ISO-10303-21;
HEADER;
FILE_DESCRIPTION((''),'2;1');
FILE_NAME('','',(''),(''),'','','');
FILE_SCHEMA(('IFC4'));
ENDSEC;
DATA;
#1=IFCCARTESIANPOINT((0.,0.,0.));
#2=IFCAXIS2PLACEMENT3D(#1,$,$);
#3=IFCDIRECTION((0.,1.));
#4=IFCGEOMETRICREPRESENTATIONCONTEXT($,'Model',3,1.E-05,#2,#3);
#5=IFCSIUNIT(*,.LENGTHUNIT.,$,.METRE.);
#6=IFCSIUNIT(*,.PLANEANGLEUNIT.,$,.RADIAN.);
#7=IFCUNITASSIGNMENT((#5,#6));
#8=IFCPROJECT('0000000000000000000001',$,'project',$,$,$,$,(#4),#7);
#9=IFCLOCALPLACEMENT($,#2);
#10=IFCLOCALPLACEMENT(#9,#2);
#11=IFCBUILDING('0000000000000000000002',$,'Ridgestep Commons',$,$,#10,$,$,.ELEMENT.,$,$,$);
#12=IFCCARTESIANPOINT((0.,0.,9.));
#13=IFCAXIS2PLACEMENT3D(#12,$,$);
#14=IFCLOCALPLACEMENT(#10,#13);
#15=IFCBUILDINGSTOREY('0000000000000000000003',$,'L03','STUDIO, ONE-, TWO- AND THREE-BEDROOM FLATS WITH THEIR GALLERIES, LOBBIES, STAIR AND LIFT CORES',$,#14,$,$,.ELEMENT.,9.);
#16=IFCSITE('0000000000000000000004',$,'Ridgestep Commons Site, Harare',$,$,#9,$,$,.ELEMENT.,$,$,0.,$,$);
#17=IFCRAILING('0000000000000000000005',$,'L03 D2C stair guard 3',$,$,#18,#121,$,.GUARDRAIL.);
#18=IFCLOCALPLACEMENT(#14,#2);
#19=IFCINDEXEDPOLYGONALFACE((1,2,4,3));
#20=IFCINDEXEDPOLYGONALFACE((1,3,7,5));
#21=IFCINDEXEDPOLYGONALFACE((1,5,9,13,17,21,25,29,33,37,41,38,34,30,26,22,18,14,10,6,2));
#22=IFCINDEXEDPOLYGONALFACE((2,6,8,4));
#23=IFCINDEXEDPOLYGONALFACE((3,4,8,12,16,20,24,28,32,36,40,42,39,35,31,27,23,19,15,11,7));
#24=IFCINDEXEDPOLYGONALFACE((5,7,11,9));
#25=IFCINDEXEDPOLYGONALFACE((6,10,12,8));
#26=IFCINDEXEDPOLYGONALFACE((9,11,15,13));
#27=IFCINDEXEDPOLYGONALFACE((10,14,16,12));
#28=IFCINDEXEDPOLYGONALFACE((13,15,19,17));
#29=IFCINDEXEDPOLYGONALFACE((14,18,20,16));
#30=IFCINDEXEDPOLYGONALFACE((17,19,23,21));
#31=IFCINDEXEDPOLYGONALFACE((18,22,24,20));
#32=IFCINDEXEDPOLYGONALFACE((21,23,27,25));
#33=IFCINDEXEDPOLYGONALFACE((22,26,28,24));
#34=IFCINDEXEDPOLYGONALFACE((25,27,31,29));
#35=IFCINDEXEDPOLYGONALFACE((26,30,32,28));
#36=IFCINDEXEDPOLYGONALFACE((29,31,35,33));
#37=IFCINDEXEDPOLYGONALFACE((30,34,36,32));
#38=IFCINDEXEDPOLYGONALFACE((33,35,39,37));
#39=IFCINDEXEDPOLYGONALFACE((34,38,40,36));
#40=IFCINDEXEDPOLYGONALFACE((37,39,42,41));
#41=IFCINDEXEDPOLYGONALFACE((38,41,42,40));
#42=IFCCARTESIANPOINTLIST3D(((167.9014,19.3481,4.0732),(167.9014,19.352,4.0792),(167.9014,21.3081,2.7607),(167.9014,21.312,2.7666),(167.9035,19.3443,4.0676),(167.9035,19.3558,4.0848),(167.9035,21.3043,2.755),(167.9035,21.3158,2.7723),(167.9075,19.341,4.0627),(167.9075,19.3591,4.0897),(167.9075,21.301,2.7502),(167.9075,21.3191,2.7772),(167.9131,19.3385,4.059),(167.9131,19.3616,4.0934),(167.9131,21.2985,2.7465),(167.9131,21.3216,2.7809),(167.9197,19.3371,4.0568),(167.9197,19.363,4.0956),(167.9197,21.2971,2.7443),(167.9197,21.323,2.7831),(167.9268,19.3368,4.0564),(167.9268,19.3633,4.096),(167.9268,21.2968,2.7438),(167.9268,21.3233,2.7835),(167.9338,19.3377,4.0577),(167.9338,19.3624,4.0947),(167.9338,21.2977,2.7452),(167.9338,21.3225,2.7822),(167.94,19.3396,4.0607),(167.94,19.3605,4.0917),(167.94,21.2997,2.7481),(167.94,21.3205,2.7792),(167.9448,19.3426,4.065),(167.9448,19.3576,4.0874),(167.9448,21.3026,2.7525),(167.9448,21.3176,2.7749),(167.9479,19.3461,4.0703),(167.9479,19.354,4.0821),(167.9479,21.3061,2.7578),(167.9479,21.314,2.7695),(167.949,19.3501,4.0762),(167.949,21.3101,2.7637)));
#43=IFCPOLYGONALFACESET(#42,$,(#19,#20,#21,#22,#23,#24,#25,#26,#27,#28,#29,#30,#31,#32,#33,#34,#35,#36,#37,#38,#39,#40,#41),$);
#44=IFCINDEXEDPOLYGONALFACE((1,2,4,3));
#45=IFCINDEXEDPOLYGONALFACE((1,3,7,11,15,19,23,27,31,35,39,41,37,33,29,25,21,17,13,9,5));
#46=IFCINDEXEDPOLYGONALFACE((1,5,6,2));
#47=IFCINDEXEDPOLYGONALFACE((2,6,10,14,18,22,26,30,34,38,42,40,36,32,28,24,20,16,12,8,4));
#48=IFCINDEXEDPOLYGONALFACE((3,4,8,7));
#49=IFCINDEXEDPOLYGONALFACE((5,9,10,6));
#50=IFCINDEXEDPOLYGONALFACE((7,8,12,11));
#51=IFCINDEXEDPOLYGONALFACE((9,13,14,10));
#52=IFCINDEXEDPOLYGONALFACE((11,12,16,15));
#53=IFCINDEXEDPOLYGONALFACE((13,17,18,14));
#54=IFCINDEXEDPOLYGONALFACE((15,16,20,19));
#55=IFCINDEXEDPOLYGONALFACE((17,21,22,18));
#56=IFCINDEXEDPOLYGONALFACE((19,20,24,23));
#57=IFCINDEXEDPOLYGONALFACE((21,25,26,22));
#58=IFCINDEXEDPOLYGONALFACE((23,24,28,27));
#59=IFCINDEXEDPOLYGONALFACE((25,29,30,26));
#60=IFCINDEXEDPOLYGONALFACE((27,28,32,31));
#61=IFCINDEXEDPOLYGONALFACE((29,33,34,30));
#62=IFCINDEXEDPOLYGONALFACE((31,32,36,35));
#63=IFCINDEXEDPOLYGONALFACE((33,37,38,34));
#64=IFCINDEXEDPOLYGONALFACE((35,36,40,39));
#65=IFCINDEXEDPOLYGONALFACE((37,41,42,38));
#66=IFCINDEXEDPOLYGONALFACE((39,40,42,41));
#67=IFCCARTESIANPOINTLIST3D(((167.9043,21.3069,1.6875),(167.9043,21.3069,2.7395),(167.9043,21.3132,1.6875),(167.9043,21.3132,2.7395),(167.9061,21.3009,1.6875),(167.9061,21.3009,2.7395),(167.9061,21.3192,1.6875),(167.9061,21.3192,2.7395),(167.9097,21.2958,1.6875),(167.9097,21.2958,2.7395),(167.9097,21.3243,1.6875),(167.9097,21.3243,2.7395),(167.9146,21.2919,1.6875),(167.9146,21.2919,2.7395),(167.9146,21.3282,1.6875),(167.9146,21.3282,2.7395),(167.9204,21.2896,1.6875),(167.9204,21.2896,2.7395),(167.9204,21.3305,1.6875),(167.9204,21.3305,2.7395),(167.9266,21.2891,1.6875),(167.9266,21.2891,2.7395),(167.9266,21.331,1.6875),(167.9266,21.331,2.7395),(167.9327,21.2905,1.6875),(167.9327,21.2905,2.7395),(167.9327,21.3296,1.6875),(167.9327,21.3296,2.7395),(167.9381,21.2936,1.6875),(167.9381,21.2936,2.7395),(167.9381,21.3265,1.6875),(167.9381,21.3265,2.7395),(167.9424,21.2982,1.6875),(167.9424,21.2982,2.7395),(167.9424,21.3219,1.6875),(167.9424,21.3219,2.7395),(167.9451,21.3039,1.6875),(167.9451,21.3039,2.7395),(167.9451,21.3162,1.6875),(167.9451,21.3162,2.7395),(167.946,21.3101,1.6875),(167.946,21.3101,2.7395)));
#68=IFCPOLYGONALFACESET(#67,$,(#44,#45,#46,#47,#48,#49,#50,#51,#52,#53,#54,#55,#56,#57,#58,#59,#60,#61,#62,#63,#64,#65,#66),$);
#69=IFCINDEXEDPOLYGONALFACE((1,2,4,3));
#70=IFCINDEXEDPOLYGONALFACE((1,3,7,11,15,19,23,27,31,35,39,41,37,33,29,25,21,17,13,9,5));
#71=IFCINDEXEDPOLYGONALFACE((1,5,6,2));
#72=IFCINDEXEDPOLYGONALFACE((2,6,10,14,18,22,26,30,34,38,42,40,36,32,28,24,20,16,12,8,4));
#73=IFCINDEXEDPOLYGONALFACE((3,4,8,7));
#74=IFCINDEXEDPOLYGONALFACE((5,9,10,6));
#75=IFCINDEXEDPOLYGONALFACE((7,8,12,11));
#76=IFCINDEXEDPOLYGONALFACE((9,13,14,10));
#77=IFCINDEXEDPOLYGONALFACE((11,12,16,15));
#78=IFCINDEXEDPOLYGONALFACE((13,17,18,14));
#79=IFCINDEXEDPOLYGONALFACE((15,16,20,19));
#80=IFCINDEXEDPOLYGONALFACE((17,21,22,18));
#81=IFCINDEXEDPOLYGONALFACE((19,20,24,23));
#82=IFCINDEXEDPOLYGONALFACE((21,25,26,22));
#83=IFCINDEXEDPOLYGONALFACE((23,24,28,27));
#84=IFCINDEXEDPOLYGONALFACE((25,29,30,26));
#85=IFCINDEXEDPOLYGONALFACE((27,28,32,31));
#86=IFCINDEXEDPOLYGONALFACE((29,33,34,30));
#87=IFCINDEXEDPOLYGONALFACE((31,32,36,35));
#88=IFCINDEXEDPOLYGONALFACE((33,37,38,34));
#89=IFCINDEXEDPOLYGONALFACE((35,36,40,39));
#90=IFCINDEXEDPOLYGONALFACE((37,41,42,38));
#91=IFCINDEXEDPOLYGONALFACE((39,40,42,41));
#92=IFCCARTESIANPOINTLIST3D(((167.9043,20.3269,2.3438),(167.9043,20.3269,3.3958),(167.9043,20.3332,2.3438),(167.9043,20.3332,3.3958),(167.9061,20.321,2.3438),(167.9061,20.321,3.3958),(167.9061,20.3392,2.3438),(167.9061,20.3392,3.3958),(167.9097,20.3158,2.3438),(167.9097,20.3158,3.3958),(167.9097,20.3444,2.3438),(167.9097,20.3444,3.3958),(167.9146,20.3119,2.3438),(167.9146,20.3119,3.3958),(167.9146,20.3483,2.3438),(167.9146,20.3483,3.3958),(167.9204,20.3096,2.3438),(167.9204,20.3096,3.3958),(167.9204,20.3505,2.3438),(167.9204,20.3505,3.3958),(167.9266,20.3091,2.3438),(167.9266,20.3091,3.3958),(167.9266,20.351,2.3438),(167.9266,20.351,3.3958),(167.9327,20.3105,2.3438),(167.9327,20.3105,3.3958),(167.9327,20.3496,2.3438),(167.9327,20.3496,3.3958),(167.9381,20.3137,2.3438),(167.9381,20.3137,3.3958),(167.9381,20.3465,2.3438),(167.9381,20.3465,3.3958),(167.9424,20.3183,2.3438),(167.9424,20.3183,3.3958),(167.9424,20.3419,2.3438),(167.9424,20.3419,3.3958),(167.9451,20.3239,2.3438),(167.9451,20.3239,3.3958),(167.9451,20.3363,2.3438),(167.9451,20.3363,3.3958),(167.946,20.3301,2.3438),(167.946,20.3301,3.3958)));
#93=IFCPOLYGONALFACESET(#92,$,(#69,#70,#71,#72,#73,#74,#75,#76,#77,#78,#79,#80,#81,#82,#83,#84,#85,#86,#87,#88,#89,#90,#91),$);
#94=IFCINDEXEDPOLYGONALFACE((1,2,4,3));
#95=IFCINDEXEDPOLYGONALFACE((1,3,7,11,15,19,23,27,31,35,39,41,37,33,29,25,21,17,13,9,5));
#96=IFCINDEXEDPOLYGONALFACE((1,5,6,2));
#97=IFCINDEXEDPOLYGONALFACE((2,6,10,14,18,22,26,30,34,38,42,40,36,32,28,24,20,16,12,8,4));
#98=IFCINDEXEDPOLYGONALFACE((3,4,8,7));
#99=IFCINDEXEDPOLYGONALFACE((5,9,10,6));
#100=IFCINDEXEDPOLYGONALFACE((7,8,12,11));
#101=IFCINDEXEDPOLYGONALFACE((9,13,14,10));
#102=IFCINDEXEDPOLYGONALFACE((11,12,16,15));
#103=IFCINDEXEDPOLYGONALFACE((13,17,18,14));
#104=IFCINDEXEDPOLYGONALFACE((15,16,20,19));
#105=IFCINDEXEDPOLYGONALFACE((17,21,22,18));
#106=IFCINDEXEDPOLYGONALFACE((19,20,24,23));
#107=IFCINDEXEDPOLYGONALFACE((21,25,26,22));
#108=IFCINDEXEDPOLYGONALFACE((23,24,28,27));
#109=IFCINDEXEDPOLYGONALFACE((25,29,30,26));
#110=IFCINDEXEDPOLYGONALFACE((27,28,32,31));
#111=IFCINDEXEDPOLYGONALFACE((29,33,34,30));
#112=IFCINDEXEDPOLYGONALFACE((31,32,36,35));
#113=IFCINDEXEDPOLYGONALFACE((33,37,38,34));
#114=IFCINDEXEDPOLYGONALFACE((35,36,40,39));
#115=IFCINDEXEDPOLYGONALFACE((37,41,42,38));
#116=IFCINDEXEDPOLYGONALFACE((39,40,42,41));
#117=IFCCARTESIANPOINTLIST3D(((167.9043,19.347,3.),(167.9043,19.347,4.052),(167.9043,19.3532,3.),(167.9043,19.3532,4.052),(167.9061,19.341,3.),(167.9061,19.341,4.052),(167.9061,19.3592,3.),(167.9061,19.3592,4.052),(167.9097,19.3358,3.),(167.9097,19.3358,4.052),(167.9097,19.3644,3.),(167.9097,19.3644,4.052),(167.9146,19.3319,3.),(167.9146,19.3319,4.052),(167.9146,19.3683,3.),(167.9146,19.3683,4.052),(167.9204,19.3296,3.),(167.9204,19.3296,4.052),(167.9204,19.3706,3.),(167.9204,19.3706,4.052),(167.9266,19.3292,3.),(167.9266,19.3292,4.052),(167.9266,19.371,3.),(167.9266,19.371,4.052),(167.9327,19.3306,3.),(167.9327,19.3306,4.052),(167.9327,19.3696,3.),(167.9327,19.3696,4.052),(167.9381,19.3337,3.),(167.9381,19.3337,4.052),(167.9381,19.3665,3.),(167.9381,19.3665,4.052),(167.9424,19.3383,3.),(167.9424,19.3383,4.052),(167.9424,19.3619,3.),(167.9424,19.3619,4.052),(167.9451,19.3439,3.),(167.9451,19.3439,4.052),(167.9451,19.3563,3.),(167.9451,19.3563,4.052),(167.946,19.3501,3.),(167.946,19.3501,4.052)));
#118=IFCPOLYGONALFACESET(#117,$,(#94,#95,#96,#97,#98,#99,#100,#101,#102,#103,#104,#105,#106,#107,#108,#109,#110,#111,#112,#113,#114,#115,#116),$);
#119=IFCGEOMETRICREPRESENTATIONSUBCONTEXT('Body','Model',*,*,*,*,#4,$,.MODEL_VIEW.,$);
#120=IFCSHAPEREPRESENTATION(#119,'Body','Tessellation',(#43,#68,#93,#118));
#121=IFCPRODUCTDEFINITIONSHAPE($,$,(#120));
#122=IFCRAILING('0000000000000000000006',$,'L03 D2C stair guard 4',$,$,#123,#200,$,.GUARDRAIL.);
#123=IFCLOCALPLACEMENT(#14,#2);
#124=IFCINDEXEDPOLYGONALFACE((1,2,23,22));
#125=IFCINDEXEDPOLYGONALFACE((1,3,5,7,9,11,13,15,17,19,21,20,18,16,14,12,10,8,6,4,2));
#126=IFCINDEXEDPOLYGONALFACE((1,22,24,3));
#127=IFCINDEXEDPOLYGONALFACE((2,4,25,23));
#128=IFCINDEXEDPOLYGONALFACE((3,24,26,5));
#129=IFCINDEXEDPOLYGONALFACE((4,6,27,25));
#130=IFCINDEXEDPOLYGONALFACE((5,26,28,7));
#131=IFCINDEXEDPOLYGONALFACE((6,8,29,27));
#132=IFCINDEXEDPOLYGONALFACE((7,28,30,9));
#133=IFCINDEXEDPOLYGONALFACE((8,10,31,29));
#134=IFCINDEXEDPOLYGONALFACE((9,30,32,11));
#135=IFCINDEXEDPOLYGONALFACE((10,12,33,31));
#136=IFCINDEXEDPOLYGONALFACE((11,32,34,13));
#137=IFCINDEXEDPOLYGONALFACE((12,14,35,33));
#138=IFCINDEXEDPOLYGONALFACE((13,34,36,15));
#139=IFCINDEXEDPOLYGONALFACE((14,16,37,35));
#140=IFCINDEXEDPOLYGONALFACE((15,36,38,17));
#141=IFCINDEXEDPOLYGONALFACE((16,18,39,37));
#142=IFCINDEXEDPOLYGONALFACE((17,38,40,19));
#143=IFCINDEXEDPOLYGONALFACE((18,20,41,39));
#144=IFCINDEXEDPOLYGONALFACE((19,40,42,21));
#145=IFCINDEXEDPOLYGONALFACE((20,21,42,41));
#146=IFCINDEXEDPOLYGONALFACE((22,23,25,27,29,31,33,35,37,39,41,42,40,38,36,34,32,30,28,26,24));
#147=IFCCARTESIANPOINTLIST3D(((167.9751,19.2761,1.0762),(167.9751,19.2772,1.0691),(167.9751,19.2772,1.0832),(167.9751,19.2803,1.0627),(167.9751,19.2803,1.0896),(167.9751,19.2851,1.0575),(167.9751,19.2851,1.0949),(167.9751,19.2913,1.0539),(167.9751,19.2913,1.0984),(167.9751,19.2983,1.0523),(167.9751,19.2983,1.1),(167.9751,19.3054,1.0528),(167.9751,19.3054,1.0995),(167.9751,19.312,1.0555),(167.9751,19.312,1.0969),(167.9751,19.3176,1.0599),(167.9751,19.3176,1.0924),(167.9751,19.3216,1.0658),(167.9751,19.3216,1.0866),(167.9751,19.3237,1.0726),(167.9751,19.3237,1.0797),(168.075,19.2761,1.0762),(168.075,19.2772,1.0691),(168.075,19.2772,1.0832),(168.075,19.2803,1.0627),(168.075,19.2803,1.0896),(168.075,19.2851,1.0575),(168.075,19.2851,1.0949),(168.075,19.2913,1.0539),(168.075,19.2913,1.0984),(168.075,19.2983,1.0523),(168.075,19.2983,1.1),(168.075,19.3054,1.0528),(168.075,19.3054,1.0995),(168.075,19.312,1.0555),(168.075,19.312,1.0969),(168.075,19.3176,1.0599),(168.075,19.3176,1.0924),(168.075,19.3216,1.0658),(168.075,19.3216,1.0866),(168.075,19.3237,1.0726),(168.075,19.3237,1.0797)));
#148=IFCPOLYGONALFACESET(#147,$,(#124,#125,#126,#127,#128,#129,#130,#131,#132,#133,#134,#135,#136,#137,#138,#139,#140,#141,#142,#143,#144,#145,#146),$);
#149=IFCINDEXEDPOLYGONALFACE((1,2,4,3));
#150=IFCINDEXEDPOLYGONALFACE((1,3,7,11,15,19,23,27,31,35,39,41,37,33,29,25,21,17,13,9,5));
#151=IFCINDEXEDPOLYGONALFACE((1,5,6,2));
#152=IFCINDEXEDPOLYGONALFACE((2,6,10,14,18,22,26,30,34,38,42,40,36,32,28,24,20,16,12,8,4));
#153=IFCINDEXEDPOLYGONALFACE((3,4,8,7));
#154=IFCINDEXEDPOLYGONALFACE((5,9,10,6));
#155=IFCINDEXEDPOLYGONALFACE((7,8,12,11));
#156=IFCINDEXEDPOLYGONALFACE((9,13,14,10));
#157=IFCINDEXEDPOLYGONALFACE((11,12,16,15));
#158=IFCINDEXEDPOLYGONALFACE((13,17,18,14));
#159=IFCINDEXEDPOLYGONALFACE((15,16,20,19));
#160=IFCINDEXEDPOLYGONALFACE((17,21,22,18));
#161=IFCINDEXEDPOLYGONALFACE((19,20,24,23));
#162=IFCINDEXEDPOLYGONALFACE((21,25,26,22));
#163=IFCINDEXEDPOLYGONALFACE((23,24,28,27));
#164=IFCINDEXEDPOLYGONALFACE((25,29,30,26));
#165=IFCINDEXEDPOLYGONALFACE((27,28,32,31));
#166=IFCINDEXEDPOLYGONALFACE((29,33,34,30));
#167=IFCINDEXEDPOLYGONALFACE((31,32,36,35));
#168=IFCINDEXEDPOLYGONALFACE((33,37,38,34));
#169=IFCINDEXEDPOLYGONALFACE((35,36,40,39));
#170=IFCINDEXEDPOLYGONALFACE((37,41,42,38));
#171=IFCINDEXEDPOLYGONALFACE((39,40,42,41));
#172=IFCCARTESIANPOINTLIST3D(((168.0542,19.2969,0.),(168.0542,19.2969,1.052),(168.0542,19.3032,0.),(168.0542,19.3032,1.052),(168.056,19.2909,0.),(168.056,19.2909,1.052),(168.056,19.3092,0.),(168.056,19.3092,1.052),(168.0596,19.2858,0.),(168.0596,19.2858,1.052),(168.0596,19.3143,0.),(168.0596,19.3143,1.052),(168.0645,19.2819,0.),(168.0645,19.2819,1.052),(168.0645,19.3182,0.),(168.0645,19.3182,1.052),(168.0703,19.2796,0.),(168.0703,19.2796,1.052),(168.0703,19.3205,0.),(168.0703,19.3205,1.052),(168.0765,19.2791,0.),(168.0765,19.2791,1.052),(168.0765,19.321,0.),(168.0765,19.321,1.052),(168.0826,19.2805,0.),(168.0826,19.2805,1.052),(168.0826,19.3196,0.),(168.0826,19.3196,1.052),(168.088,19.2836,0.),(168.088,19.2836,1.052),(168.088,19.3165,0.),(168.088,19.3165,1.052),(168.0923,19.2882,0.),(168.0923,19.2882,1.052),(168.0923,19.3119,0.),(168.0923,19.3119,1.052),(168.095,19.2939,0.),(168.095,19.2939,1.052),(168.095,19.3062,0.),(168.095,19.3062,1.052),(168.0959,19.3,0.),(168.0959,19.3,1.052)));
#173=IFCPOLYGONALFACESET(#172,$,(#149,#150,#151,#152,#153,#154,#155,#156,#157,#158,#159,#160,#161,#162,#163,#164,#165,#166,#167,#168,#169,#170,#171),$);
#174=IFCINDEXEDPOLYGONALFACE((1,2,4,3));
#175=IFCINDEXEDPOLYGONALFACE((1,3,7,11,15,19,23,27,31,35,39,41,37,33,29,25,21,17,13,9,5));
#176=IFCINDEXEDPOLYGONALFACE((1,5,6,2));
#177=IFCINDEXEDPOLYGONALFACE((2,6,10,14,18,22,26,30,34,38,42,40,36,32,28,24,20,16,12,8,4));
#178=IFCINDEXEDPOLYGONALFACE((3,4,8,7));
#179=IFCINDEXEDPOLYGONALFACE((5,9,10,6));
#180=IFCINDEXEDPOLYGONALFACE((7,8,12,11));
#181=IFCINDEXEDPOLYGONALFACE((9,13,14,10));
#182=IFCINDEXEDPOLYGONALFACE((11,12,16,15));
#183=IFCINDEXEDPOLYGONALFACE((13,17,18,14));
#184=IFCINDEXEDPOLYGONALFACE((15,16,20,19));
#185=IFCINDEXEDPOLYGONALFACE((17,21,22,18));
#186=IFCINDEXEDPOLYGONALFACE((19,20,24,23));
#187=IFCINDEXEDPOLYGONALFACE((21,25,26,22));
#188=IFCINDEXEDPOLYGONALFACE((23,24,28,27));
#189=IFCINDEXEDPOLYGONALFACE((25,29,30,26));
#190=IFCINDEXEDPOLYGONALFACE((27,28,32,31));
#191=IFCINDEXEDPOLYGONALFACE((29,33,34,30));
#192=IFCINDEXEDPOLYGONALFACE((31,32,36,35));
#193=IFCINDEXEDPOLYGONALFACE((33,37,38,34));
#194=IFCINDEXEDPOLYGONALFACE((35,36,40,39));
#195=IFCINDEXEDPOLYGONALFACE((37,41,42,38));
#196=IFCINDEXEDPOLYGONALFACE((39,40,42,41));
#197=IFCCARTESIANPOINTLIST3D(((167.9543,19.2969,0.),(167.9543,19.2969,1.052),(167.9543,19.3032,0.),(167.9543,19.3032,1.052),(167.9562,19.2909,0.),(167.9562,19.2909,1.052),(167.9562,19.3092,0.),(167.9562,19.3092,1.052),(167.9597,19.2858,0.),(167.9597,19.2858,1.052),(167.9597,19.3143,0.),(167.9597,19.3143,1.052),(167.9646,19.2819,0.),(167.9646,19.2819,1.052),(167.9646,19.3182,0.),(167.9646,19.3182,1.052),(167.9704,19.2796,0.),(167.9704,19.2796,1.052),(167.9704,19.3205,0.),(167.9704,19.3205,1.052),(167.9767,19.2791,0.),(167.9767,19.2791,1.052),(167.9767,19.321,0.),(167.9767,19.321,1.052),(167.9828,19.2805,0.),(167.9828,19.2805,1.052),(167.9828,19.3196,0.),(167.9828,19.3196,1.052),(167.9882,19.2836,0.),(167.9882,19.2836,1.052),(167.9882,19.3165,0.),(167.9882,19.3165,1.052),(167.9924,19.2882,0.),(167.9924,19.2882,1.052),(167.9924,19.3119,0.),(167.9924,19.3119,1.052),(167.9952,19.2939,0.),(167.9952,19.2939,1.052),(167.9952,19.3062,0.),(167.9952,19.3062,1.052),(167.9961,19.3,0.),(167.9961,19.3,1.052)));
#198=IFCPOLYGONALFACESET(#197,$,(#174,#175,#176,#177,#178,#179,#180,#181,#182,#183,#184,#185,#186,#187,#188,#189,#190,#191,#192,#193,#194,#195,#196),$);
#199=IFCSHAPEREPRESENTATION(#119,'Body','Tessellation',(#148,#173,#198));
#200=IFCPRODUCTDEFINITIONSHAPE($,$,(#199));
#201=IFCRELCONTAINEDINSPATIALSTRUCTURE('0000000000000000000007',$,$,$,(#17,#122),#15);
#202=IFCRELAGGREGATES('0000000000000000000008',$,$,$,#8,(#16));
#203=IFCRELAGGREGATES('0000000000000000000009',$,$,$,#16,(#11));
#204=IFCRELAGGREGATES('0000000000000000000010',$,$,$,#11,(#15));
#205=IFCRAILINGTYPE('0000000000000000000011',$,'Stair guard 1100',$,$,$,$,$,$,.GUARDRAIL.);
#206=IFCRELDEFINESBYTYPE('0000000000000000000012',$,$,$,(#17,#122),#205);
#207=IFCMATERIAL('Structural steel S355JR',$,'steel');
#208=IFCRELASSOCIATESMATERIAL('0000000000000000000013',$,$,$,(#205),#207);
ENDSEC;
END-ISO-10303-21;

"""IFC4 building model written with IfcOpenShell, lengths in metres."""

from ifc_helpers import new_model, si_unit, direction, frame, origin, origin_2d, place, context, subcontext, project, spatial, circle, extrude, material, type_object, element, save


model = new_model("IFC4")

# Units and contexts
model_context = context("Model", 3, precision=1e-05, world=origin(), true_north=direction((0.0, 1.0)))
body_context = subcontext(model_context, "Body", "Model", "MODEL_VIEW")
ifc_project = project(units=[si_unit("LENGTHUNIT", "METRE"), si_unit("PLANEANGLEUNIT", "RADIAN")], contexts=[model_context])

# Site, building, storey
site_placement = place(None, origin())
site = spatial("IfcSite", under=ifc_project, at=site_placement, Name="Ridgestep Commons Site, Harare", CompositionType="ELEMENT", RefElevation=0.0)
building_placement = place(site_placement, origin())
building = spatial("IfcBuilding", under=site, at=building_placement, Name="Ridgestep Commons", CompositionType="ELEMENT")
storey_placement = place(building_placement, frame((0.0, 0.0, 9.0)))
storey = spatial("IfcBuildingStorey", under=building, at=storey_placement, Name="L03", Description="STUDIO, ONE-, TWO- AND THREE-BEDROOM FLATS WITH THEIR GALLERIES, LOBBIES, STAIR AND LIFT CORES", CompositionType="ELEMENT", Elevation=9.0)

# Railings
ifc_material_1 = material(Name="Structural steel S355JR", Category="steel")
railing_type_1 = type_object("IfcRailingType", Name="Stair guard 1100", PredefinedType="GUARDRAIL", material=ifc_material_1)
railing_1_placement = place(storey_placement, frame((167.925, 21.3101, 1.6875)))
element("IfcRailing", 1, at=railing_1_placement, inside=storey, type_object=railing_type_1, Name="L03 D2C stair guard 3", PredefinedType="GUARDRAIL", context=body_context, shape_type="SweptSolid", body=[
    extrude(circle(Radius=0.0239, at=origin_2d()), frame((0.0, 0.0, 1.0762), z_axis=(0.0, -0.830902, 0.556419), x_axis=(1.0, 0.0, 0.0)), (0.0, 0.0, 1.0), 2.3589),
    extrude(circle(Radius=0.021, at=origin_2d()), origin(), (0.0, 0.0, 1.0), 1.052),
    extrude(circle(Radius=0.021, at=origin_2d()), frame((0.0, -0.98, 0.6562)), (0.0, 0.0, 1.0), 1.052),
    extrude(circle(Radius=0.021, at=origin_2d()), frame((0.0, -1.96, 1.3125)), (0.0, 0.0, 1.0), 1.052),
])
railing_2_placement = place(storey_placement, frame((168.075, 19.3, 0.0)))
element("IfcRailing", 2, at=railing_2_placement, inside=storey, type_object=railing_type_1, Name="L03 D2C stair guard 4", PredefinedType="GUARDRAIL", context=body_context, shape_type="SweptSolid", body=[
    extrude(circle(Radius=0.0239, at=origin_2d()), frame((0.0, 0.0, 1.0762), z_axis=(-1.0, 0.0, 0.0), x_axis=(0.0, -1.0, 0.0)), (0.0, 0.0, 1.0), 0.0999),
    extrude(circle(Radius=0.021, at=origin_2d()), origin(), (0.0, 0.0, 1.0), 1.052),
    extrude(circle(Radius=0.021, at=origin_2d()), frame((-0.0999, 0.0, 0.0)), (0.0, 0.0, 1.0), 1.052),
])

save(model, "model.ifc")
